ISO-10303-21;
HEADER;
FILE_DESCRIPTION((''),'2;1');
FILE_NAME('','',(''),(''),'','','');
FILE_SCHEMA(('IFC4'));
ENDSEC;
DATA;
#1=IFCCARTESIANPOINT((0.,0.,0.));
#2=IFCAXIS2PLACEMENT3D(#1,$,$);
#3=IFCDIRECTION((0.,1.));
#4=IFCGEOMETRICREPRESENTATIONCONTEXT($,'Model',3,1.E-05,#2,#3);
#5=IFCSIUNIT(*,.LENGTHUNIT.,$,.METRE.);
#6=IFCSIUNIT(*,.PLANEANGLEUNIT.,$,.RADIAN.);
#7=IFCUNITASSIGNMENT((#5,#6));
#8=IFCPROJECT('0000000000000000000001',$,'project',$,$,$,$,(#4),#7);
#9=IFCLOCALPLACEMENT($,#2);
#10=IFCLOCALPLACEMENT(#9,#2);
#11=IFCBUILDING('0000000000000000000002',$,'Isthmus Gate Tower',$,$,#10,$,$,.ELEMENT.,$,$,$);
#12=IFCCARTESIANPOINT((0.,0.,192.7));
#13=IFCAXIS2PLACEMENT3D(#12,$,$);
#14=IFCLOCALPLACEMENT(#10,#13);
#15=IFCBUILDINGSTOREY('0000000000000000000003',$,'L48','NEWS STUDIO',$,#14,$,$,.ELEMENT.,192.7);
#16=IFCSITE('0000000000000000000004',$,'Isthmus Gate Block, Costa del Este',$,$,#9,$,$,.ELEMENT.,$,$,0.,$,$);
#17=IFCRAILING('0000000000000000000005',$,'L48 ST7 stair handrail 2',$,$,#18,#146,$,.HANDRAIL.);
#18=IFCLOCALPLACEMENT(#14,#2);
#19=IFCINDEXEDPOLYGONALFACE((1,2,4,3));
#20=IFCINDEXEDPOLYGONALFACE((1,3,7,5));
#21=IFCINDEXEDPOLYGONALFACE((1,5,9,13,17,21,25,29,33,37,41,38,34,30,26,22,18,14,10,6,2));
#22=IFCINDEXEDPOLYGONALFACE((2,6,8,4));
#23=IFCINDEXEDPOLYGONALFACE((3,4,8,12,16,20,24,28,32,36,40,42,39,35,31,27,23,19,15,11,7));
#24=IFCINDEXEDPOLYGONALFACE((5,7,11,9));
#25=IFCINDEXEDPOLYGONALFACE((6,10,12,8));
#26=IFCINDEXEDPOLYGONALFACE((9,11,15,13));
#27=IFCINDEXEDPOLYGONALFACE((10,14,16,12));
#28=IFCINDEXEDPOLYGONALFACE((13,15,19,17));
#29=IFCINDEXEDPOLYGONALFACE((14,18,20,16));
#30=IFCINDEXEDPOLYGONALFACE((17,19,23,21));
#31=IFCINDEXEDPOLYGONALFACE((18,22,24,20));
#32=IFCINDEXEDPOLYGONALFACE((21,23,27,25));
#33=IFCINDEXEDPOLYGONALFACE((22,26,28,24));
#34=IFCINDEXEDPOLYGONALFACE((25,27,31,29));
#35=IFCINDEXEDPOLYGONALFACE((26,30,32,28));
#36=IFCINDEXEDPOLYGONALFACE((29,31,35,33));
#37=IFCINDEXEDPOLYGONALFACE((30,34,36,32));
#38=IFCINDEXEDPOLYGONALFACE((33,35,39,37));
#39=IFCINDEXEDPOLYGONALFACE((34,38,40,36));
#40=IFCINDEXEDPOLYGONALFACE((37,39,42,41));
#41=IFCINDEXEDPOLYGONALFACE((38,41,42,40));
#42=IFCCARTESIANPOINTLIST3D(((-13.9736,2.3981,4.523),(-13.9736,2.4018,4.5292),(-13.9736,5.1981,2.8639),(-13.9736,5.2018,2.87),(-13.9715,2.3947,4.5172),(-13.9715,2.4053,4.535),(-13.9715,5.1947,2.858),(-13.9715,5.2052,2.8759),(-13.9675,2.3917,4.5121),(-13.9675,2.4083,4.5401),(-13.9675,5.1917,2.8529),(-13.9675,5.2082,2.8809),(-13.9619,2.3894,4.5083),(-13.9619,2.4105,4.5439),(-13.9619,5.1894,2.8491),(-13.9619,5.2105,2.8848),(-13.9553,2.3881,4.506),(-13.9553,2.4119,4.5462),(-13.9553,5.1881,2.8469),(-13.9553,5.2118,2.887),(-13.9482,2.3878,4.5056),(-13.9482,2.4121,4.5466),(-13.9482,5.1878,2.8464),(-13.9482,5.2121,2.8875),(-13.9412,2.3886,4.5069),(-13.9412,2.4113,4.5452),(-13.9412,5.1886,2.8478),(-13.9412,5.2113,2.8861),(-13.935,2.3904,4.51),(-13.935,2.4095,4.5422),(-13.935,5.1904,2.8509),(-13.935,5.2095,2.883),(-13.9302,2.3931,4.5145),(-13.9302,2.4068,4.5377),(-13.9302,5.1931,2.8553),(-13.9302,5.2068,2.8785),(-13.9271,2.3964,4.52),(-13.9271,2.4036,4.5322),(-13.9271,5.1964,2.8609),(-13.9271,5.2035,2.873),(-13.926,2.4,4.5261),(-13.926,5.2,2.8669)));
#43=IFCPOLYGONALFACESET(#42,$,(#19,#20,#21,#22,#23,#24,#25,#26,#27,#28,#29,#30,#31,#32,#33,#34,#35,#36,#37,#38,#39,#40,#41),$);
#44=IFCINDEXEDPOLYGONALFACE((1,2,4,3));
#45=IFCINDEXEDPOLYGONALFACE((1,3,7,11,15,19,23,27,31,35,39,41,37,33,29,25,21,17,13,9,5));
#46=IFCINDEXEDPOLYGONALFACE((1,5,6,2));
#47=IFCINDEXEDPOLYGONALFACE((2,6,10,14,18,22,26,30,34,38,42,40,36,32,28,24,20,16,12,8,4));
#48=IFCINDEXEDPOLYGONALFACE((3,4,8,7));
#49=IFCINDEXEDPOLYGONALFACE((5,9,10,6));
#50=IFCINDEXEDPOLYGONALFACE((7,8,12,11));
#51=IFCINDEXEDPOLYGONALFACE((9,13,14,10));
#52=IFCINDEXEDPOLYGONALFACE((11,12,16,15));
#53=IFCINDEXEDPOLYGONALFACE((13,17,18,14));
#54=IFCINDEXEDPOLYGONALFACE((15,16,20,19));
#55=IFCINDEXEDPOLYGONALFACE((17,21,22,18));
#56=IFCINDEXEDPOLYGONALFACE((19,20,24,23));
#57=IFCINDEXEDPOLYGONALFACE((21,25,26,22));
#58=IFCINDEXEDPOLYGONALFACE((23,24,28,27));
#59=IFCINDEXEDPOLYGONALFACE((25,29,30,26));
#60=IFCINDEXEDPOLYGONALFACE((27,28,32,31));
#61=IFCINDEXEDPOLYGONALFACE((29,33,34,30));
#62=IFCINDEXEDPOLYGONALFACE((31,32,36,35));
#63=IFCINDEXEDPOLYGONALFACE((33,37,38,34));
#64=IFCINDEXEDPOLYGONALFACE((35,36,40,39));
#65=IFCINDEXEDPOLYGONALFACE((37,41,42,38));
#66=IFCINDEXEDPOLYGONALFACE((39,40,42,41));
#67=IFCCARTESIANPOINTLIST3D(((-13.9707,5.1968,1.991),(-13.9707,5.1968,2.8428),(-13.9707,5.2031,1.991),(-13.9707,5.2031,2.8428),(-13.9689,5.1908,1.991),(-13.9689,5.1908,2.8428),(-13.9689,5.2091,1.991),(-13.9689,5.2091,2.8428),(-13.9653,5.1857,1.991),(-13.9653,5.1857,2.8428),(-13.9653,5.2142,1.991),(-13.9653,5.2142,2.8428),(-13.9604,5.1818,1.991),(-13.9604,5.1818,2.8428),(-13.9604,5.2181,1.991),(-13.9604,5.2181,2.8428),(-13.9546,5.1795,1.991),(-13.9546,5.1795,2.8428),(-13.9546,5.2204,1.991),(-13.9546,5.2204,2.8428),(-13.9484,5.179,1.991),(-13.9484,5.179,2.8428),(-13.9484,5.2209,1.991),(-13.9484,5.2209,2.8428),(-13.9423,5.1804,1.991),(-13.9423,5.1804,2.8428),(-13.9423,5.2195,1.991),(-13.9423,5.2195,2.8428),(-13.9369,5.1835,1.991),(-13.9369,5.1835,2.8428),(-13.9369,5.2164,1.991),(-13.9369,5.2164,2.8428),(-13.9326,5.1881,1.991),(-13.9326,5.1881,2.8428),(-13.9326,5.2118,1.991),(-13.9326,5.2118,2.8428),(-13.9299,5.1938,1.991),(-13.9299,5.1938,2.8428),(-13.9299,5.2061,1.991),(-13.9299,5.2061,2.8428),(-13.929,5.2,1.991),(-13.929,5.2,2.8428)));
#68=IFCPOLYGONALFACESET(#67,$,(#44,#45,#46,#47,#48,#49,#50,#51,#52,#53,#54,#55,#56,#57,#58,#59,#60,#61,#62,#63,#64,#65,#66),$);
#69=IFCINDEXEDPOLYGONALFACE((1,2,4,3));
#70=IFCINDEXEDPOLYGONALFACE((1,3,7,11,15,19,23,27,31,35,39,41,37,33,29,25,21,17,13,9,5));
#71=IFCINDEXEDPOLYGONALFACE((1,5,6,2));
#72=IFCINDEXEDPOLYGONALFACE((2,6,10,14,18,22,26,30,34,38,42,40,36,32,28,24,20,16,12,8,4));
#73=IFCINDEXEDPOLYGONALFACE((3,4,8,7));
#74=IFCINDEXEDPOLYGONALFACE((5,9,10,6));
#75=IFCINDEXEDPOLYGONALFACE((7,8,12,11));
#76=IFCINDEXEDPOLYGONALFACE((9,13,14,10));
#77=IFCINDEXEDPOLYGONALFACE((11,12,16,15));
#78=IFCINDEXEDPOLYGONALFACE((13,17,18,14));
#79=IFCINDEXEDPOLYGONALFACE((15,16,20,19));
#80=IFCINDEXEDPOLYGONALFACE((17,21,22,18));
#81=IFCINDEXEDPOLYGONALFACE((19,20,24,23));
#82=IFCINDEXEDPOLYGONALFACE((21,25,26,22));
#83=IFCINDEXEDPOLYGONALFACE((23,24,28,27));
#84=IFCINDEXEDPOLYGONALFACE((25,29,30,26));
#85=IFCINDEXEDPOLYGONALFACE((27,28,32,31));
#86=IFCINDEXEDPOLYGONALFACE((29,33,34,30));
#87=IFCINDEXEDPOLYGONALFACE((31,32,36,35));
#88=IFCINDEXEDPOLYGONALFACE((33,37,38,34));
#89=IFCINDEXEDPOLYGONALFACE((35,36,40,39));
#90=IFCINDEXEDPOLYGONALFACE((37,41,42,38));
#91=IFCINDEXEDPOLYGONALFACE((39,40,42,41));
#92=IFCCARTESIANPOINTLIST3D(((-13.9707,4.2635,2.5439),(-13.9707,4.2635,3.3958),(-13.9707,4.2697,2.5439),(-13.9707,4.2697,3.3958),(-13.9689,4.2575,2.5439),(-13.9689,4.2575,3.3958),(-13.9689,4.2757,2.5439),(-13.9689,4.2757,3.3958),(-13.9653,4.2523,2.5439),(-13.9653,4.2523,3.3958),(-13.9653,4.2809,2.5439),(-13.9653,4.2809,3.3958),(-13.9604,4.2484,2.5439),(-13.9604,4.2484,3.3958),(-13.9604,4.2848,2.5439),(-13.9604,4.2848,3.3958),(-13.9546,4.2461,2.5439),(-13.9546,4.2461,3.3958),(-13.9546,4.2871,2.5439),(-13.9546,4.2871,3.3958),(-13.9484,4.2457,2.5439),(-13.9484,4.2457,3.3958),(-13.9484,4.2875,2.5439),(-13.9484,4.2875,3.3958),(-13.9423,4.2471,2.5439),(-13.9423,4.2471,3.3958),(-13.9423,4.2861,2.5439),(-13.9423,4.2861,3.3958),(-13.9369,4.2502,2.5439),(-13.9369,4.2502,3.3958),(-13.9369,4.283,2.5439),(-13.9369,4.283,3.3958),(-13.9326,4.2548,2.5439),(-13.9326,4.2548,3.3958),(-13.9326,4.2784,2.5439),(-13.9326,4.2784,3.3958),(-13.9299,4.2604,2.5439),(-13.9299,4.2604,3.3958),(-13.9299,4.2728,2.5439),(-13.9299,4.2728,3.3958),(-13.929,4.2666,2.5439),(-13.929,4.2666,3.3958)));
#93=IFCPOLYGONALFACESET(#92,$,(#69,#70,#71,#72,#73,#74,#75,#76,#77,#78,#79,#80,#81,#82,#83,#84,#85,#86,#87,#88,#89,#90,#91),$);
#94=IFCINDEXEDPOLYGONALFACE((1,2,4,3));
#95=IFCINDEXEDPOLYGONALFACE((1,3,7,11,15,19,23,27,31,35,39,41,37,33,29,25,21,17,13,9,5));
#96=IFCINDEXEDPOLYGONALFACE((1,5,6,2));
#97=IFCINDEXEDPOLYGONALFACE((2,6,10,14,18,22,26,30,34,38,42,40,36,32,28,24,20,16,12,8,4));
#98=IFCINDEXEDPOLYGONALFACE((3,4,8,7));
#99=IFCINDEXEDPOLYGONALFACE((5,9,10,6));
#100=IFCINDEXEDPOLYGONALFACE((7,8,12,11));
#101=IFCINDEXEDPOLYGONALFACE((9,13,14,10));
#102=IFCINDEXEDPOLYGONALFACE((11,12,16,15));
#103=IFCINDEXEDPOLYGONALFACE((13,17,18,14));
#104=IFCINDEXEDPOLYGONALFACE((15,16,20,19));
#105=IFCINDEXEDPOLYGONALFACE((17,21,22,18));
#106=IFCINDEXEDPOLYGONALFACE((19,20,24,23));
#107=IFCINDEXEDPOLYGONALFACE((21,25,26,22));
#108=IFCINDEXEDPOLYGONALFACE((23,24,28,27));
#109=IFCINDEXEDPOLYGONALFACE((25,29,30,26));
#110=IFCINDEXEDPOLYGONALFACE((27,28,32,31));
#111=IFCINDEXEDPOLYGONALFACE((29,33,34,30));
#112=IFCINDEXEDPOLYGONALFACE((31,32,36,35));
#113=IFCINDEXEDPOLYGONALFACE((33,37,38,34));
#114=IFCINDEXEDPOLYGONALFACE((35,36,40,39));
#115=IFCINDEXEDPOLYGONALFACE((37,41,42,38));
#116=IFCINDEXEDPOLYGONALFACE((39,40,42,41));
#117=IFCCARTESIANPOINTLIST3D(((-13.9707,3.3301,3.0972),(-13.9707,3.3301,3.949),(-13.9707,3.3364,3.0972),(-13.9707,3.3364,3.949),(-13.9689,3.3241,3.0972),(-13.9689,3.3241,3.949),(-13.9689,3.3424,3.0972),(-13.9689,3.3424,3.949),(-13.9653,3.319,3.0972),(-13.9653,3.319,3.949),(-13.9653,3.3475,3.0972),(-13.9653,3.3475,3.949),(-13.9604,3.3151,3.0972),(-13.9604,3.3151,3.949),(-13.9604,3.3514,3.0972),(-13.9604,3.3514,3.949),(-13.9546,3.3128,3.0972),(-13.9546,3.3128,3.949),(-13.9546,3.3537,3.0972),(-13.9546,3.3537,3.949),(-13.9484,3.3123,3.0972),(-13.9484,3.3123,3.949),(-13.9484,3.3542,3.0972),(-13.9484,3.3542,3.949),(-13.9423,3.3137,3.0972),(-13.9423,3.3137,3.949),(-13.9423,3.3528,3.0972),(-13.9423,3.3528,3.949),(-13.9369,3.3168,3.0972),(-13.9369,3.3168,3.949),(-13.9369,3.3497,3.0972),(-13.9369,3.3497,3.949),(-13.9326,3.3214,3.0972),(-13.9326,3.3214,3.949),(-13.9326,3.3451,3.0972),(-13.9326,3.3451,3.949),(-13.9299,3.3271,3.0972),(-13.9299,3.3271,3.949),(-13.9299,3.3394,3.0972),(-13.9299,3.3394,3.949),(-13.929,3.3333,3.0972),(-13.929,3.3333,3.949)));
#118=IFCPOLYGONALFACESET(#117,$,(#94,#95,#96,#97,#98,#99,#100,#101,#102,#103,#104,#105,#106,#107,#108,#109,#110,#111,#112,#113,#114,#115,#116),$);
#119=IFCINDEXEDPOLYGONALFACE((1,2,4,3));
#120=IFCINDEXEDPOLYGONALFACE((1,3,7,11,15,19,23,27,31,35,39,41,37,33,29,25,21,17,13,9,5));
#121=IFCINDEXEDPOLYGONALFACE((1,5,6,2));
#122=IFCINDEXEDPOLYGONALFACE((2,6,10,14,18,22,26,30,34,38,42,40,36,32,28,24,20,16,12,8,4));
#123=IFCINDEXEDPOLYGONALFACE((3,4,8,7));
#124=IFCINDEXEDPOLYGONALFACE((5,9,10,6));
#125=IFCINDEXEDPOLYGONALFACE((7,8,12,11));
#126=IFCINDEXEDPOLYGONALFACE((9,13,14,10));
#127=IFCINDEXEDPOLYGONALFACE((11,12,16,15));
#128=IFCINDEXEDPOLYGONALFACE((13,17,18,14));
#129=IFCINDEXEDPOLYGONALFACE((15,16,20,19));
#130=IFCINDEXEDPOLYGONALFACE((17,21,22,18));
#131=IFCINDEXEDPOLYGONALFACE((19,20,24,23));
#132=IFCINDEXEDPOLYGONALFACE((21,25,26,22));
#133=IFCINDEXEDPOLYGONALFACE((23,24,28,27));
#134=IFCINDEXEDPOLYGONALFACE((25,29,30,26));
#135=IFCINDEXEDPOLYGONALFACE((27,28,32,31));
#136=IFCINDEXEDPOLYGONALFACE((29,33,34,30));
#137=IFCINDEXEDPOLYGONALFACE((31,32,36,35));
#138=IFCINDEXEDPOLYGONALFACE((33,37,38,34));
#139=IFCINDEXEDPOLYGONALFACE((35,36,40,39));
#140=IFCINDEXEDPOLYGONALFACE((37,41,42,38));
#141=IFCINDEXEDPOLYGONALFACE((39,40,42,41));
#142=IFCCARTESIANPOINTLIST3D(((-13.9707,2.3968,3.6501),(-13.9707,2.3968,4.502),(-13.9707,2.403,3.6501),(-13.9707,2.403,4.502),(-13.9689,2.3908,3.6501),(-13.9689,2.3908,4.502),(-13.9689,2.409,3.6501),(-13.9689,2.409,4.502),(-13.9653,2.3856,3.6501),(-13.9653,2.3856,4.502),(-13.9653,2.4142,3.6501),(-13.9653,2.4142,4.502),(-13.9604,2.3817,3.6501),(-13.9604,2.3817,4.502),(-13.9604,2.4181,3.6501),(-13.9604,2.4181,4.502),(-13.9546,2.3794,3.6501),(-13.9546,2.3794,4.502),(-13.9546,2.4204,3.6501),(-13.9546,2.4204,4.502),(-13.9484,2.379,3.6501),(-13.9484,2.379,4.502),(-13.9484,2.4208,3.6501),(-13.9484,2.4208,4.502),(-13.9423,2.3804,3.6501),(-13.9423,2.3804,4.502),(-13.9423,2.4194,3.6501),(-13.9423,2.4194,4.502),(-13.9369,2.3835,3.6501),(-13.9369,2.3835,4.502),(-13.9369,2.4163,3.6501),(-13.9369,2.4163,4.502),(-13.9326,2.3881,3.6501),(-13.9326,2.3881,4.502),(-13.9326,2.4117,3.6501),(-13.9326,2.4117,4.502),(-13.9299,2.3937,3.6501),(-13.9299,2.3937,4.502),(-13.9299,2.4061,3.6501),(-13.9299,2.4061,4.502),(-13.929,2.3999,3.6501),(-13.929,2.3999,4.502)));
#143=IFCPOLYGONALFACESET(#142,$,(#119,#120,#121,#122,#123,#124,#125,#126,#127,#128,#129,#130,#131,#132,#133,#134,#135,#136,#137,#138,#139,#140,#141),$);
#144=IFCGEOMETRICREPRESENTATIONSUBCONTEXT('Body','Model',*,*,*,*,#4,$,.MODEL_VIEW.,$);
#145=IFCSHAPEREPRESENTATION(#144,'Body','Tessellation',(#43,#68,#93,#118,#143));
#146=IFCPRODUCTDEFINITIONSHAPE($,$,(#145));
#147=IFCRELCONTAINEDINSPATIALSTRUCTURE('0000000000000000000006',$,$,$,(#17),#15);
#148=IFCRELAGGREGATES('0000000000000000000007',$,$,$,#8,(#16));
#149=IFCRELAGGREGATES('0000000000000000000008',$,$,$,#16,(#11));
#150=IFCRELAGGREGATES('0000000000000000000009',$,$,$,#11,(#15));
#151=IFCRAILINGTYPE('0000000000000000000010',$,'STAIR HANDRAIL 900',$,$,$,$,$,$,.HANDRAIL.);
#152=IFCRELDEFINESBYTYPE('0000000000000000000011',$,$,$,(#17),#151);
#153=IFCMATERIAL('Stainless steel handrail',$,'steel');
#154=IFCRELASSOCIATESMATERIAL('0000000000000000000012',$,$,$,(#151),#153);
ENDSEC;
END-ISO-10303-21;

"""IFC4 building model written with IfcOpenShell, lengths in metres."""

from ifc_helpers import new_model, si_unit, direction, frame, origin, origin_2d, place, context, subcontext, project, spatial, circle, extrude, material, type_object, element, save


model = new_model("IFC4")

# Units and contexts
model_context = context("Model", 3, precision=1e-05, world=origin(), true_north=direction((0.0, 1.0)))
body_context = subcontext(model_context, "Body", "Model", "MODEL_VIEW")
ifc_project = project(units=[si_unit("LENGTHUNIT", "METRE"), si_unit("PLANEANGLEUNIT", "RADIAN")], contexts=[model_context])

# Site, building, storey
site_placement = place(None, origin())
site = spatial("IfcSite", under=ifc_project, at=site_placement, Name="Isthmus Gate Block, Costa del Este", CompositionType="ELEMENT", RefElevation=0.0)
building_placement = place(site_placement, origin())
building = spatial("IfcBuilding", under=site, at=building_placement, Name="Isthmus Gate Tower", CompositionType="ELEMENT")
storey_placement = place(building_placement, frame((0.0, 0.0, 192.7)))
storey = spatial("IfcBuildingStorey", under=building, at=storey_placement, Name="L48", Description="NEWS STUDIO", CompositionType="ELEMENT", Elevation=192.7)

# Railing
ifc_material_1 = material(Name="Stainless steel handrail", Category="steel")
railing_type = type_object("IfcRailingType", Name="STAIR HANDRAIL 900", PredefinedType="HANDRAIL", material=ifc_material_1)
railing_1_placement = place(storey_placement, frame((-13.95, 5.2, 1.991)))
element("IfcRailing", 1, at=railing_1_placement, inside=storey, type_object=railing_type, Name="L48 ST7 stair handrail 2", PredefinedType="HANDRAIL", context=body_context, shape_type="SweptSolid", body=[
    extrude(circle(Radius=0.0239, at=origin_2d()), frame((0.0, 0.0, 0.876), z_axis=(0.0, -0.860306, 0.509778), x_axis=(1.0, 0.0, 0.0)), (0.0, 0.0, 1.0), 3.2546),
    extrude(circle(Radius=0.021, at=origin_2d()), origin(), (0.0, 0.0, 1.0), 0.8518),
    extrude(circle(Radius=0.021, at=origin_2d()), frame((0.0, -0.9333, 0.553)), (0.0, 0.0, 1.0), 0.8518),
    extrude(circle(Radius=0.021, at=origin_2d()), frame((0.0, -1.8667, 1.1062)), (0.0, 0.0, 1.0), 0.8518),
    extrude(circle(Radius=0.021, at=origin_2d()), frame((0.0, -2.8, 1.6592)), (0.0, 0.0, 1.0), 0.8518),
])

save(model, "model.ifc")
